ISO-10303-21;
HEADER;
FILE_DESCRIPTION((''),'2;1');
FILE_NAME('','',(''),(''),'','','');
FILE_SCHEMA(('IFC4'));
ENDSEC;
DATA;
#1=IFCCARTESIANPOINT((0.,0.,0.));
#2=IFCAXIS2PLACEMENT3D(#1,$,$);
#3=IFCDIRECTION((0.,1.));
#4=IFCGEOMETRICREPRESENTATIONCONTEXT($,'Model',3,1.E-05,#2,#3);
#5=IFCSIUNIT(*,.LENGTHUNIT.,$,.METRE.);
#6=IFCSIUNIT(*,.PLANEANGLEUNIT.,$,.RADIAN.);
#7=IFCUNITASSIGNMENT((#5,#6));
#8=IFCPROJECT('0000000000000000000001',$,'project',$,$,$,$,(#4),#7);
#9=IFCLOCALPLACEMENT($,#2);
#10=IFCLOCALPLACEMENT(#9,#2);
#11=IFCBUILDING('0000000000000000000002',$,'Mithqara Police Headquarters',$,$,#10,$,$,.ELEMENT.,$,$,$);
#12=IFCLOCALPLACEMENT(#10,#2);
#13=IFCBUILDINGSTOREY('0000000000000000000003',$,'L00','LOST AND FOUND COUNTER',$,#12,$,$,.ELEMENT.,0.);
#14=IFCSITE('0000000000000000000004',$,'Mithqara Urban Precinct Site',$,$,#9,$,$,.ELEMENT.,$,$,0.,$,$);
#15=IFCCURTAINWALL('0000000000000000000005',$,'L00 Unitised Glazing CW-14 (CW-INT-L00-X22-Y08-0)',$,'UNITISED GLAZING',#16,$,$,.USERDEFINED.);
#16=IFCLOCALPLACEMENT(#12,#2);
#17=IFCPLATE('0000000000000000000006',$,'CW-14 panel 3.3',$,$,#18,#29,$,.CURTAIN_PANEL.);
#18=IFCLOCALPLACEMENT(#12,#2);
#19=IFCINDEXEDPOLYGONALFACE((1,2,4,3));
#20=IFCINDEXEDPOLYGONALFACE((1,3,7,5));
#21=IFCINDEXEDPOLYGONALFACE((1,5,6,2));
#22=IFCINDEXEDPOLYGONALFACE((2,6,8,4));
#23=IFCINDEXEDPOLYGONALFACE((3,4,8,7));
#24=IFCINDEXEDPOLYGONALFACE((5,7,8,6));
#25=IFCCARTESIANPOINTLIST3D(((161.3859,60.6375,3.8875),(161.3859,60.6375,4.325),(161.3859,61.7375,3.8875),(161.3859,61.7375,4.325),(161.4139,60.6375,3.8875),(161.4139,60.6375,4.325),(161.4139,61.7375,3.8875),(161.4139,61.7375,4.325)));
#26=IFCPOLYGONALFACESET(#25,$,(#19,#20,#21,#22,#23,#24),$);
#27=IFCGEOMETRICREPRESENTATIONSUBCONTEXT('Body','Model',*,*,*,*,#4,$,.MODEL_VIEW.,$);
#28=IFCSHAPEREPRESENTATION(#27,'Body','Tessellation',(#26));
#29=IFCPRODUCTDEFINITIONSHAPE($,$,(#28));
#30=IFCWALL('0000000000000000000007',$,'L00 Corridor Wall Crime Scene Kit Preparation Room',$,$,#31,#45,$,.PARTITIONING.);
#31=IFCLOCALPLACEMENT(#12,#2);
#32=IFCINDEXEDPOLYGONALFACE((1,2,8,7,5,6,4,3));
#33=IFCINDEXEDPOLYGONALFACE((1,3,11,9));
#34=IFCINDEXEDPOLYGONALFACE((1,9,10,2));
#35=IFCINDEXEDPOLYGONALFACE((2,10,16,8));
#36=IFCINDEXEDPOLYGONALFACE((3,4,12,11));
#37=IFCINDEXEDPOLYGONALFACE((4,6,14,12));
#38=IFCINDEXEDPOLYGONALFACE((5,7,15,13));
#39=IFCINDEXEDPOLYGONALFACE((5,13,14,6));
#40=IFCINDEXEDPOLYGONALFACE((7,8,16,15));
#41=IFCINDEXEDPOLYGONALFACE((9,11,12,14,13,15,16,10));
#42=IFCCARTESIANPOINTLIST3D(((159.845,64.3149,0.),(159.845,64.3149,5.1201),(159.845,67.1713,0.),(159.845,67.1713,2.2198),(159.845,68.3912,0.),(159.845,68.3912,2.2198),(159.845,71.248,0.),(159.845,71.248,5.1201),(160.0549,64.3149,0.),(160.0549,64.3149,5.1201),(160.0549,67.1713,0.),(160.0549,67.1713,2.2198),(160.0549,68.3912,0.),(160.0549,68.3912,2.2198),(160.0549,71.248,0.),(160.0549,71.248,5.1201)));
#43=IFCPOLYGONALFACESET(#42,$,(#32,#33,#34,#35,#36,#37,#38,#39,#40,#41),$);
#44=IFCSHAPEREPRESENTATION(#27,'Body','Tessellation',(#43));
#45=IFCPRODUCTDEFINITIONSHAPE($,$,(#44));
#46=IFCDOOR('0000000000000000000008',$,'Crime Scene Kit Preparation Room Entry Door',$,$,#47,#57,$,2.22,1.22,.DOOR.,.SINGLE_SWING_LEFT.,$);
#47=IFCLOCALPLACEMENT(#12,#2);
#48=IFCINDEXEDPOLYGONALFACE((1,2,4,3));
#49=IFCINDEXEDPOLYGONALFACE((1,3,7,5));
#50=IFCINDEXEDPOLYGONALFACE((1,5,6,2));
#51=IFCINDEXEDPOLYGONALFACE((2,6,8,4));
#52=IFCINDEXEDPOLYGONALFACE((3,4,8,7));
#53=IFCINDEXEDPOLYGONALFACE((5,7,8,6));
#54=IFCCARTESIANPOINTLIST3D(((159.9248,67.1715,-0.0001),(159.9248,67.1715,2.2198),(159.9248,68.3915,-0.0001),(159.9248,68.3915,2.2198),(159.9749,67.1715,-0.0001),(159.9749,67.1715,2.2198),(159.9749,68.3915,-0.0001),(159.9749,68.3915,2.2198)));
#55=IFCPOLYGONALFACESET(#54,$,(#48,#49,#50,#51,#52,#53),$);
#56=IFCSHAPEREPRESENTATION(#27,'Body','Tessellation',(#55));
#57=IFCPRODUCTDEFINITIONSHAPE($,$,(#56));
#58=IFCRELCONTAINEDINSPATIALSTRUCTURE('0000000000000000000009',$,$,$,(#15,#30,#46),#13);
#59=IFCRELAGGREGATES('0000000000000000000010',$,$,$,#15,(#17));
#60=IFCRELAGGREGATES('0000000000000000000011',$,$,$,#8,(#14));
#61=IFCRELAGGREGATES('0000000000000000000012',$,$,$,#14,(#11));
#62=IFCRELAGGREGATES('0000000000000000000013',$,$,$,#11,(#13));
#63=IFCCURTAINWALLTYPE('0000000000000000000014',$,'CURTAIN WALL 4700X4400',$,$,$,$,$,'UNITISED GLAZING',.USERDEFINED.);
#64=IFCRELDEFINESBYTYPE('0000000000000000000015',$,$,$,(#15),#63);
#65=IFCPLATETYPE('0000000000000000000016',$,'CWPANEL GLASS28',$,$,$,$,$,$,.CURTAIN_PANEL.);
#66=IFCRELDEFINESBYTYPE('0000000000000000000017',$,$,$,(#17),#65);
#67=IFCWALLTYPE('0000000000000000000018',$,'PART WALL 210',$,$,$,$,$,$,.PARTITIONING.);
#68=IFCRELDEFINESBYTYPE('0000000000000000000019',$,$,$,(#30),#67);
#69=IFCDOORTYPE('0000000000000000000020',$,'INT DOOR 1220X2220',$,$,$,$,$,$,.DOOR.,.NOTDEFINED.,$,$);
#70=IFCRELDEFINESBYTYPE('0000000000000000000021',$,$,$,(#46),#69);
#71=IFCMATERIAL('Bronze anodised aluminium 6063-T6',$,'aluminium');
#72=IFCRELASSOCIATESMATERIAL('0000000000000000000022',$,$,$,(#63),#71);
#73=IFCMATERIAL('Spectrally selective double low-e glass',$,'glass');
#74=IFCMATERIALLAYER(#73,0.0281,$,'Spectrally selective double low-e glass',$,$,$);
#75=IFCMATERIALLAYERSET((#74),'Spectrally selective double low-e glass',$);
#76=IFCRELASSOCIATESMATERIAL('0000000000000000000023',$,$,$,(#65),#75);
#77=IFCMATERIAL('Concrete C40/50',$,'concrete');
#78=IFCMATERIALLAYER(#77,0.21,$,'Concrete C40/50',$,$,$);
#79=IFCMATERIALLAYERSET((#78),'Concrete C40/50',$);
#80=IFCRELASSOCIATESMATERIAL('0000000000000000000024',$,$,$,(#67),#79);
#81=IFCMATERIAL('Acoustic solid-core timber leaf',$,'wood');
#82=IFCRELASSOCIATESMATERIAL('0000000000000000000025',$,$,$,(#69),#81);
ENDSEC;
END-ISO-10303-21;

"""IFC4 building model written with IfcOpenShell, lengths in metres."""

from ifc_helpers import new_model, si_unit, direction, frame, frame_2d, origin, origin_2d, place, context, subcontext, project, spatial, rectangle, extrude, material, layer, layer_set, type_object, element, fill, aggregate, save


model = new_model("IFC4")

# Units and contexts
model_context = context("Model", 3, precision=1e-05, world=origin(), true_north=direction((0.0, 1.0)))
body_context = subcontext(model_context, "Body", "Model", "MODEL_VIEW")
ifc_project = project(units=[si_unit("LENGTHUNIT", "METRE"), si_unit("PLANEANGLEUNIT", "RADIAN")], contexts=[model_context])

# Site, building, storey
site_placement = place(None, origin())
site = spatial("IfcSite", under=ifc_project, at=site_placement, Name="Mithqara Urban Precinct Site", CompositionType="ELEMENT", RefElevation=0.0)
building_placement = place(site_placement, origin())
building = spatial("IfcBuilding", under=site, at=building_placement, Name="Mithqara Police Headquarters", CompositionType="ELEMENT")
storey_placement = place(building_placement, origin())
storey = spatial("IfcBuildingStorey", under=building, at=storey_placement, Name="L00", Description="LOST AND FOUND COUNTER", CompositionType="ELEMENT", Elevation=0.0)

# Shared definitions
ifc_material_1 = material(Name="Concrete C40/50", Category="concrete")

# Curtain wall
ifc_material_2 = material(Name="Bronze anodised aluminium 6063-T6", Category="aluminium")
curtain_wall_type = type_object("IfcCurtainWallType", Name="CURTAIN WALL 4700X4400", ElementType="UNITISED GLAZING", PredefinedType="USERDEFINED", material=ifc_material_2)
curtain_wall_1_placement = place(storey_placement, origin())
curtain_wall_1 = element("IfcCurtainWall", 1, at=curtain_wall_1_placement, inside=storey, type_object=curtain_wall_type, Name="L00 Unitised Glazing CW-14 (CW-INT-L00-X22-Y08-0)", ObjectType="UNITISED GLAZING", PredefinedType="USERDEFINED")

# Plate
ifc_material_3 = material(Name="Spectrally selective double low-e glass", Category="glass")
ifc_layer_1 = layer(ifc_material_3, 0.0281, Name="Spectrally selective double low-e glass")
ifc_layer_set_1 = layer_set([ifc_layer_1], Name="Spectrally selective double low-e glass")
plate_type = type_object("IfcPlateType", Name="CWPANEL GLASS28", PredefinedType="CURTAIN_PANEL", material=ifc_layer_set_1)
plate_1_placement = place(storey_placement, frame((161.3999, 61.1875, 3.8875), z_axis=(0.0, 0.0, 1.0), x_axis=(0.0, 1.0, 0.0)))
plate_1 = element("IfcPlate", 2, at=plate_1_placement, type_object=plate_type, Name="CW-14 panel 3.3", PredefinedType="CURTAIN_PANEL", context=body_context, shape_type="SweptSolid", body=[
    extrude(rectangle(XDim=1.1001, YDim=0.0281, at=origin_2d()), origin(), (0.0, 0.0, 1.0), 0.4375),
])
aggregate(curtain_wall_1, [plate_1])

# Wall, opening, door
ifc_layer_2 = layer(ifc_material_1, 0.21, Name="Concrete C40/50")
ifc_layer_set_2 = layer_set([ifc_layer_2], Name="Concrete C40/50")
wall_type = type_object("IfcWallType", Name="PART WALL 210", PredefinedType="PARTITIONING", material=ifc_layer_set_2)
wall_placement = place(storey_placement, frame((159.95, 64.3149, 0.0), z_axis=(0.0, 0.0, 1.0), x_axis=(0.0, 1.0, 0.0)))
wall = element("IfcWall", 3, at=wall_placement, inside=storey, type_object=wall_type, Name="L00 Corridor Wall Crime Scene Kit Preparation Room", PredefinedType="PARTITIONING", context=body_context, shape_type="SweptSolid", body=[
    extrude(rectangle(XDim=6.9331, YDim=0.21, at=frame_2d((3.4666, 0.0))), origin(), (0.0, 0.0, 1.0), 5.1201),
])
opening_placement = place(wall_placement, frame((2.8564, 0.0, 0.0)))
opening = element("IfcOpeningElement", 4, at=opening_placement, cuts=wall, PredefinedType="OPENING", context=body_context, shape_type="SweptSolid", body=[
    extrude(rectangle(XDim=1.22, YDim=2.22, at=frame_2d((0.6099, 1.1099))), frame((0.0, 0.115, 0.0), z_axis=(0.0, -1.0, 0.0), x_axis=(1.0, 0.0, 0.0)), (0.0, 0.0, 1.0), 0.23),
])
ifc_material_4 = material(Name="Acoustic solid-core timber leaf", Category="wood")
door_type = type_object("IfcDoorType", Name="INT DOOR 1220X2220", OperationType="NOTDEFINED", PredefinedType="DOOR", material=ifc_material_4)
door_placement = place(opening_placement, frame((1.22, 0.0, 0.0), z_axis=(0.0, 0.0, 1.0), x_axis=(-1.0, 0.0, 0.0)))
door = element("IfcDoor", 5, at=door_placement, inside=storey, type_object=door_type, Name="Crime Scene Kit Preparation Room Entry Door", OperationType="SINGLE_SWING_LEFT", OverallHeight=2.22, OverallWidth=1.22, PredefinedType="DOOR", context=body_context, shape_type="SweptSolid", body=[
    extrude(rectangle(XDim=1.22, YDim=2.22, at=frame_2d((0.6099, 1.1099))), frame((0.0, 0.0249, 0.0), z_axis=(0.0, -1.0, 0.0), x_axis=(1.0, 0.0, 0.0)), (0.0, 0.0, 1.0), 0.05),
])
fill(opening, door)

save(model, "model.ifc")
